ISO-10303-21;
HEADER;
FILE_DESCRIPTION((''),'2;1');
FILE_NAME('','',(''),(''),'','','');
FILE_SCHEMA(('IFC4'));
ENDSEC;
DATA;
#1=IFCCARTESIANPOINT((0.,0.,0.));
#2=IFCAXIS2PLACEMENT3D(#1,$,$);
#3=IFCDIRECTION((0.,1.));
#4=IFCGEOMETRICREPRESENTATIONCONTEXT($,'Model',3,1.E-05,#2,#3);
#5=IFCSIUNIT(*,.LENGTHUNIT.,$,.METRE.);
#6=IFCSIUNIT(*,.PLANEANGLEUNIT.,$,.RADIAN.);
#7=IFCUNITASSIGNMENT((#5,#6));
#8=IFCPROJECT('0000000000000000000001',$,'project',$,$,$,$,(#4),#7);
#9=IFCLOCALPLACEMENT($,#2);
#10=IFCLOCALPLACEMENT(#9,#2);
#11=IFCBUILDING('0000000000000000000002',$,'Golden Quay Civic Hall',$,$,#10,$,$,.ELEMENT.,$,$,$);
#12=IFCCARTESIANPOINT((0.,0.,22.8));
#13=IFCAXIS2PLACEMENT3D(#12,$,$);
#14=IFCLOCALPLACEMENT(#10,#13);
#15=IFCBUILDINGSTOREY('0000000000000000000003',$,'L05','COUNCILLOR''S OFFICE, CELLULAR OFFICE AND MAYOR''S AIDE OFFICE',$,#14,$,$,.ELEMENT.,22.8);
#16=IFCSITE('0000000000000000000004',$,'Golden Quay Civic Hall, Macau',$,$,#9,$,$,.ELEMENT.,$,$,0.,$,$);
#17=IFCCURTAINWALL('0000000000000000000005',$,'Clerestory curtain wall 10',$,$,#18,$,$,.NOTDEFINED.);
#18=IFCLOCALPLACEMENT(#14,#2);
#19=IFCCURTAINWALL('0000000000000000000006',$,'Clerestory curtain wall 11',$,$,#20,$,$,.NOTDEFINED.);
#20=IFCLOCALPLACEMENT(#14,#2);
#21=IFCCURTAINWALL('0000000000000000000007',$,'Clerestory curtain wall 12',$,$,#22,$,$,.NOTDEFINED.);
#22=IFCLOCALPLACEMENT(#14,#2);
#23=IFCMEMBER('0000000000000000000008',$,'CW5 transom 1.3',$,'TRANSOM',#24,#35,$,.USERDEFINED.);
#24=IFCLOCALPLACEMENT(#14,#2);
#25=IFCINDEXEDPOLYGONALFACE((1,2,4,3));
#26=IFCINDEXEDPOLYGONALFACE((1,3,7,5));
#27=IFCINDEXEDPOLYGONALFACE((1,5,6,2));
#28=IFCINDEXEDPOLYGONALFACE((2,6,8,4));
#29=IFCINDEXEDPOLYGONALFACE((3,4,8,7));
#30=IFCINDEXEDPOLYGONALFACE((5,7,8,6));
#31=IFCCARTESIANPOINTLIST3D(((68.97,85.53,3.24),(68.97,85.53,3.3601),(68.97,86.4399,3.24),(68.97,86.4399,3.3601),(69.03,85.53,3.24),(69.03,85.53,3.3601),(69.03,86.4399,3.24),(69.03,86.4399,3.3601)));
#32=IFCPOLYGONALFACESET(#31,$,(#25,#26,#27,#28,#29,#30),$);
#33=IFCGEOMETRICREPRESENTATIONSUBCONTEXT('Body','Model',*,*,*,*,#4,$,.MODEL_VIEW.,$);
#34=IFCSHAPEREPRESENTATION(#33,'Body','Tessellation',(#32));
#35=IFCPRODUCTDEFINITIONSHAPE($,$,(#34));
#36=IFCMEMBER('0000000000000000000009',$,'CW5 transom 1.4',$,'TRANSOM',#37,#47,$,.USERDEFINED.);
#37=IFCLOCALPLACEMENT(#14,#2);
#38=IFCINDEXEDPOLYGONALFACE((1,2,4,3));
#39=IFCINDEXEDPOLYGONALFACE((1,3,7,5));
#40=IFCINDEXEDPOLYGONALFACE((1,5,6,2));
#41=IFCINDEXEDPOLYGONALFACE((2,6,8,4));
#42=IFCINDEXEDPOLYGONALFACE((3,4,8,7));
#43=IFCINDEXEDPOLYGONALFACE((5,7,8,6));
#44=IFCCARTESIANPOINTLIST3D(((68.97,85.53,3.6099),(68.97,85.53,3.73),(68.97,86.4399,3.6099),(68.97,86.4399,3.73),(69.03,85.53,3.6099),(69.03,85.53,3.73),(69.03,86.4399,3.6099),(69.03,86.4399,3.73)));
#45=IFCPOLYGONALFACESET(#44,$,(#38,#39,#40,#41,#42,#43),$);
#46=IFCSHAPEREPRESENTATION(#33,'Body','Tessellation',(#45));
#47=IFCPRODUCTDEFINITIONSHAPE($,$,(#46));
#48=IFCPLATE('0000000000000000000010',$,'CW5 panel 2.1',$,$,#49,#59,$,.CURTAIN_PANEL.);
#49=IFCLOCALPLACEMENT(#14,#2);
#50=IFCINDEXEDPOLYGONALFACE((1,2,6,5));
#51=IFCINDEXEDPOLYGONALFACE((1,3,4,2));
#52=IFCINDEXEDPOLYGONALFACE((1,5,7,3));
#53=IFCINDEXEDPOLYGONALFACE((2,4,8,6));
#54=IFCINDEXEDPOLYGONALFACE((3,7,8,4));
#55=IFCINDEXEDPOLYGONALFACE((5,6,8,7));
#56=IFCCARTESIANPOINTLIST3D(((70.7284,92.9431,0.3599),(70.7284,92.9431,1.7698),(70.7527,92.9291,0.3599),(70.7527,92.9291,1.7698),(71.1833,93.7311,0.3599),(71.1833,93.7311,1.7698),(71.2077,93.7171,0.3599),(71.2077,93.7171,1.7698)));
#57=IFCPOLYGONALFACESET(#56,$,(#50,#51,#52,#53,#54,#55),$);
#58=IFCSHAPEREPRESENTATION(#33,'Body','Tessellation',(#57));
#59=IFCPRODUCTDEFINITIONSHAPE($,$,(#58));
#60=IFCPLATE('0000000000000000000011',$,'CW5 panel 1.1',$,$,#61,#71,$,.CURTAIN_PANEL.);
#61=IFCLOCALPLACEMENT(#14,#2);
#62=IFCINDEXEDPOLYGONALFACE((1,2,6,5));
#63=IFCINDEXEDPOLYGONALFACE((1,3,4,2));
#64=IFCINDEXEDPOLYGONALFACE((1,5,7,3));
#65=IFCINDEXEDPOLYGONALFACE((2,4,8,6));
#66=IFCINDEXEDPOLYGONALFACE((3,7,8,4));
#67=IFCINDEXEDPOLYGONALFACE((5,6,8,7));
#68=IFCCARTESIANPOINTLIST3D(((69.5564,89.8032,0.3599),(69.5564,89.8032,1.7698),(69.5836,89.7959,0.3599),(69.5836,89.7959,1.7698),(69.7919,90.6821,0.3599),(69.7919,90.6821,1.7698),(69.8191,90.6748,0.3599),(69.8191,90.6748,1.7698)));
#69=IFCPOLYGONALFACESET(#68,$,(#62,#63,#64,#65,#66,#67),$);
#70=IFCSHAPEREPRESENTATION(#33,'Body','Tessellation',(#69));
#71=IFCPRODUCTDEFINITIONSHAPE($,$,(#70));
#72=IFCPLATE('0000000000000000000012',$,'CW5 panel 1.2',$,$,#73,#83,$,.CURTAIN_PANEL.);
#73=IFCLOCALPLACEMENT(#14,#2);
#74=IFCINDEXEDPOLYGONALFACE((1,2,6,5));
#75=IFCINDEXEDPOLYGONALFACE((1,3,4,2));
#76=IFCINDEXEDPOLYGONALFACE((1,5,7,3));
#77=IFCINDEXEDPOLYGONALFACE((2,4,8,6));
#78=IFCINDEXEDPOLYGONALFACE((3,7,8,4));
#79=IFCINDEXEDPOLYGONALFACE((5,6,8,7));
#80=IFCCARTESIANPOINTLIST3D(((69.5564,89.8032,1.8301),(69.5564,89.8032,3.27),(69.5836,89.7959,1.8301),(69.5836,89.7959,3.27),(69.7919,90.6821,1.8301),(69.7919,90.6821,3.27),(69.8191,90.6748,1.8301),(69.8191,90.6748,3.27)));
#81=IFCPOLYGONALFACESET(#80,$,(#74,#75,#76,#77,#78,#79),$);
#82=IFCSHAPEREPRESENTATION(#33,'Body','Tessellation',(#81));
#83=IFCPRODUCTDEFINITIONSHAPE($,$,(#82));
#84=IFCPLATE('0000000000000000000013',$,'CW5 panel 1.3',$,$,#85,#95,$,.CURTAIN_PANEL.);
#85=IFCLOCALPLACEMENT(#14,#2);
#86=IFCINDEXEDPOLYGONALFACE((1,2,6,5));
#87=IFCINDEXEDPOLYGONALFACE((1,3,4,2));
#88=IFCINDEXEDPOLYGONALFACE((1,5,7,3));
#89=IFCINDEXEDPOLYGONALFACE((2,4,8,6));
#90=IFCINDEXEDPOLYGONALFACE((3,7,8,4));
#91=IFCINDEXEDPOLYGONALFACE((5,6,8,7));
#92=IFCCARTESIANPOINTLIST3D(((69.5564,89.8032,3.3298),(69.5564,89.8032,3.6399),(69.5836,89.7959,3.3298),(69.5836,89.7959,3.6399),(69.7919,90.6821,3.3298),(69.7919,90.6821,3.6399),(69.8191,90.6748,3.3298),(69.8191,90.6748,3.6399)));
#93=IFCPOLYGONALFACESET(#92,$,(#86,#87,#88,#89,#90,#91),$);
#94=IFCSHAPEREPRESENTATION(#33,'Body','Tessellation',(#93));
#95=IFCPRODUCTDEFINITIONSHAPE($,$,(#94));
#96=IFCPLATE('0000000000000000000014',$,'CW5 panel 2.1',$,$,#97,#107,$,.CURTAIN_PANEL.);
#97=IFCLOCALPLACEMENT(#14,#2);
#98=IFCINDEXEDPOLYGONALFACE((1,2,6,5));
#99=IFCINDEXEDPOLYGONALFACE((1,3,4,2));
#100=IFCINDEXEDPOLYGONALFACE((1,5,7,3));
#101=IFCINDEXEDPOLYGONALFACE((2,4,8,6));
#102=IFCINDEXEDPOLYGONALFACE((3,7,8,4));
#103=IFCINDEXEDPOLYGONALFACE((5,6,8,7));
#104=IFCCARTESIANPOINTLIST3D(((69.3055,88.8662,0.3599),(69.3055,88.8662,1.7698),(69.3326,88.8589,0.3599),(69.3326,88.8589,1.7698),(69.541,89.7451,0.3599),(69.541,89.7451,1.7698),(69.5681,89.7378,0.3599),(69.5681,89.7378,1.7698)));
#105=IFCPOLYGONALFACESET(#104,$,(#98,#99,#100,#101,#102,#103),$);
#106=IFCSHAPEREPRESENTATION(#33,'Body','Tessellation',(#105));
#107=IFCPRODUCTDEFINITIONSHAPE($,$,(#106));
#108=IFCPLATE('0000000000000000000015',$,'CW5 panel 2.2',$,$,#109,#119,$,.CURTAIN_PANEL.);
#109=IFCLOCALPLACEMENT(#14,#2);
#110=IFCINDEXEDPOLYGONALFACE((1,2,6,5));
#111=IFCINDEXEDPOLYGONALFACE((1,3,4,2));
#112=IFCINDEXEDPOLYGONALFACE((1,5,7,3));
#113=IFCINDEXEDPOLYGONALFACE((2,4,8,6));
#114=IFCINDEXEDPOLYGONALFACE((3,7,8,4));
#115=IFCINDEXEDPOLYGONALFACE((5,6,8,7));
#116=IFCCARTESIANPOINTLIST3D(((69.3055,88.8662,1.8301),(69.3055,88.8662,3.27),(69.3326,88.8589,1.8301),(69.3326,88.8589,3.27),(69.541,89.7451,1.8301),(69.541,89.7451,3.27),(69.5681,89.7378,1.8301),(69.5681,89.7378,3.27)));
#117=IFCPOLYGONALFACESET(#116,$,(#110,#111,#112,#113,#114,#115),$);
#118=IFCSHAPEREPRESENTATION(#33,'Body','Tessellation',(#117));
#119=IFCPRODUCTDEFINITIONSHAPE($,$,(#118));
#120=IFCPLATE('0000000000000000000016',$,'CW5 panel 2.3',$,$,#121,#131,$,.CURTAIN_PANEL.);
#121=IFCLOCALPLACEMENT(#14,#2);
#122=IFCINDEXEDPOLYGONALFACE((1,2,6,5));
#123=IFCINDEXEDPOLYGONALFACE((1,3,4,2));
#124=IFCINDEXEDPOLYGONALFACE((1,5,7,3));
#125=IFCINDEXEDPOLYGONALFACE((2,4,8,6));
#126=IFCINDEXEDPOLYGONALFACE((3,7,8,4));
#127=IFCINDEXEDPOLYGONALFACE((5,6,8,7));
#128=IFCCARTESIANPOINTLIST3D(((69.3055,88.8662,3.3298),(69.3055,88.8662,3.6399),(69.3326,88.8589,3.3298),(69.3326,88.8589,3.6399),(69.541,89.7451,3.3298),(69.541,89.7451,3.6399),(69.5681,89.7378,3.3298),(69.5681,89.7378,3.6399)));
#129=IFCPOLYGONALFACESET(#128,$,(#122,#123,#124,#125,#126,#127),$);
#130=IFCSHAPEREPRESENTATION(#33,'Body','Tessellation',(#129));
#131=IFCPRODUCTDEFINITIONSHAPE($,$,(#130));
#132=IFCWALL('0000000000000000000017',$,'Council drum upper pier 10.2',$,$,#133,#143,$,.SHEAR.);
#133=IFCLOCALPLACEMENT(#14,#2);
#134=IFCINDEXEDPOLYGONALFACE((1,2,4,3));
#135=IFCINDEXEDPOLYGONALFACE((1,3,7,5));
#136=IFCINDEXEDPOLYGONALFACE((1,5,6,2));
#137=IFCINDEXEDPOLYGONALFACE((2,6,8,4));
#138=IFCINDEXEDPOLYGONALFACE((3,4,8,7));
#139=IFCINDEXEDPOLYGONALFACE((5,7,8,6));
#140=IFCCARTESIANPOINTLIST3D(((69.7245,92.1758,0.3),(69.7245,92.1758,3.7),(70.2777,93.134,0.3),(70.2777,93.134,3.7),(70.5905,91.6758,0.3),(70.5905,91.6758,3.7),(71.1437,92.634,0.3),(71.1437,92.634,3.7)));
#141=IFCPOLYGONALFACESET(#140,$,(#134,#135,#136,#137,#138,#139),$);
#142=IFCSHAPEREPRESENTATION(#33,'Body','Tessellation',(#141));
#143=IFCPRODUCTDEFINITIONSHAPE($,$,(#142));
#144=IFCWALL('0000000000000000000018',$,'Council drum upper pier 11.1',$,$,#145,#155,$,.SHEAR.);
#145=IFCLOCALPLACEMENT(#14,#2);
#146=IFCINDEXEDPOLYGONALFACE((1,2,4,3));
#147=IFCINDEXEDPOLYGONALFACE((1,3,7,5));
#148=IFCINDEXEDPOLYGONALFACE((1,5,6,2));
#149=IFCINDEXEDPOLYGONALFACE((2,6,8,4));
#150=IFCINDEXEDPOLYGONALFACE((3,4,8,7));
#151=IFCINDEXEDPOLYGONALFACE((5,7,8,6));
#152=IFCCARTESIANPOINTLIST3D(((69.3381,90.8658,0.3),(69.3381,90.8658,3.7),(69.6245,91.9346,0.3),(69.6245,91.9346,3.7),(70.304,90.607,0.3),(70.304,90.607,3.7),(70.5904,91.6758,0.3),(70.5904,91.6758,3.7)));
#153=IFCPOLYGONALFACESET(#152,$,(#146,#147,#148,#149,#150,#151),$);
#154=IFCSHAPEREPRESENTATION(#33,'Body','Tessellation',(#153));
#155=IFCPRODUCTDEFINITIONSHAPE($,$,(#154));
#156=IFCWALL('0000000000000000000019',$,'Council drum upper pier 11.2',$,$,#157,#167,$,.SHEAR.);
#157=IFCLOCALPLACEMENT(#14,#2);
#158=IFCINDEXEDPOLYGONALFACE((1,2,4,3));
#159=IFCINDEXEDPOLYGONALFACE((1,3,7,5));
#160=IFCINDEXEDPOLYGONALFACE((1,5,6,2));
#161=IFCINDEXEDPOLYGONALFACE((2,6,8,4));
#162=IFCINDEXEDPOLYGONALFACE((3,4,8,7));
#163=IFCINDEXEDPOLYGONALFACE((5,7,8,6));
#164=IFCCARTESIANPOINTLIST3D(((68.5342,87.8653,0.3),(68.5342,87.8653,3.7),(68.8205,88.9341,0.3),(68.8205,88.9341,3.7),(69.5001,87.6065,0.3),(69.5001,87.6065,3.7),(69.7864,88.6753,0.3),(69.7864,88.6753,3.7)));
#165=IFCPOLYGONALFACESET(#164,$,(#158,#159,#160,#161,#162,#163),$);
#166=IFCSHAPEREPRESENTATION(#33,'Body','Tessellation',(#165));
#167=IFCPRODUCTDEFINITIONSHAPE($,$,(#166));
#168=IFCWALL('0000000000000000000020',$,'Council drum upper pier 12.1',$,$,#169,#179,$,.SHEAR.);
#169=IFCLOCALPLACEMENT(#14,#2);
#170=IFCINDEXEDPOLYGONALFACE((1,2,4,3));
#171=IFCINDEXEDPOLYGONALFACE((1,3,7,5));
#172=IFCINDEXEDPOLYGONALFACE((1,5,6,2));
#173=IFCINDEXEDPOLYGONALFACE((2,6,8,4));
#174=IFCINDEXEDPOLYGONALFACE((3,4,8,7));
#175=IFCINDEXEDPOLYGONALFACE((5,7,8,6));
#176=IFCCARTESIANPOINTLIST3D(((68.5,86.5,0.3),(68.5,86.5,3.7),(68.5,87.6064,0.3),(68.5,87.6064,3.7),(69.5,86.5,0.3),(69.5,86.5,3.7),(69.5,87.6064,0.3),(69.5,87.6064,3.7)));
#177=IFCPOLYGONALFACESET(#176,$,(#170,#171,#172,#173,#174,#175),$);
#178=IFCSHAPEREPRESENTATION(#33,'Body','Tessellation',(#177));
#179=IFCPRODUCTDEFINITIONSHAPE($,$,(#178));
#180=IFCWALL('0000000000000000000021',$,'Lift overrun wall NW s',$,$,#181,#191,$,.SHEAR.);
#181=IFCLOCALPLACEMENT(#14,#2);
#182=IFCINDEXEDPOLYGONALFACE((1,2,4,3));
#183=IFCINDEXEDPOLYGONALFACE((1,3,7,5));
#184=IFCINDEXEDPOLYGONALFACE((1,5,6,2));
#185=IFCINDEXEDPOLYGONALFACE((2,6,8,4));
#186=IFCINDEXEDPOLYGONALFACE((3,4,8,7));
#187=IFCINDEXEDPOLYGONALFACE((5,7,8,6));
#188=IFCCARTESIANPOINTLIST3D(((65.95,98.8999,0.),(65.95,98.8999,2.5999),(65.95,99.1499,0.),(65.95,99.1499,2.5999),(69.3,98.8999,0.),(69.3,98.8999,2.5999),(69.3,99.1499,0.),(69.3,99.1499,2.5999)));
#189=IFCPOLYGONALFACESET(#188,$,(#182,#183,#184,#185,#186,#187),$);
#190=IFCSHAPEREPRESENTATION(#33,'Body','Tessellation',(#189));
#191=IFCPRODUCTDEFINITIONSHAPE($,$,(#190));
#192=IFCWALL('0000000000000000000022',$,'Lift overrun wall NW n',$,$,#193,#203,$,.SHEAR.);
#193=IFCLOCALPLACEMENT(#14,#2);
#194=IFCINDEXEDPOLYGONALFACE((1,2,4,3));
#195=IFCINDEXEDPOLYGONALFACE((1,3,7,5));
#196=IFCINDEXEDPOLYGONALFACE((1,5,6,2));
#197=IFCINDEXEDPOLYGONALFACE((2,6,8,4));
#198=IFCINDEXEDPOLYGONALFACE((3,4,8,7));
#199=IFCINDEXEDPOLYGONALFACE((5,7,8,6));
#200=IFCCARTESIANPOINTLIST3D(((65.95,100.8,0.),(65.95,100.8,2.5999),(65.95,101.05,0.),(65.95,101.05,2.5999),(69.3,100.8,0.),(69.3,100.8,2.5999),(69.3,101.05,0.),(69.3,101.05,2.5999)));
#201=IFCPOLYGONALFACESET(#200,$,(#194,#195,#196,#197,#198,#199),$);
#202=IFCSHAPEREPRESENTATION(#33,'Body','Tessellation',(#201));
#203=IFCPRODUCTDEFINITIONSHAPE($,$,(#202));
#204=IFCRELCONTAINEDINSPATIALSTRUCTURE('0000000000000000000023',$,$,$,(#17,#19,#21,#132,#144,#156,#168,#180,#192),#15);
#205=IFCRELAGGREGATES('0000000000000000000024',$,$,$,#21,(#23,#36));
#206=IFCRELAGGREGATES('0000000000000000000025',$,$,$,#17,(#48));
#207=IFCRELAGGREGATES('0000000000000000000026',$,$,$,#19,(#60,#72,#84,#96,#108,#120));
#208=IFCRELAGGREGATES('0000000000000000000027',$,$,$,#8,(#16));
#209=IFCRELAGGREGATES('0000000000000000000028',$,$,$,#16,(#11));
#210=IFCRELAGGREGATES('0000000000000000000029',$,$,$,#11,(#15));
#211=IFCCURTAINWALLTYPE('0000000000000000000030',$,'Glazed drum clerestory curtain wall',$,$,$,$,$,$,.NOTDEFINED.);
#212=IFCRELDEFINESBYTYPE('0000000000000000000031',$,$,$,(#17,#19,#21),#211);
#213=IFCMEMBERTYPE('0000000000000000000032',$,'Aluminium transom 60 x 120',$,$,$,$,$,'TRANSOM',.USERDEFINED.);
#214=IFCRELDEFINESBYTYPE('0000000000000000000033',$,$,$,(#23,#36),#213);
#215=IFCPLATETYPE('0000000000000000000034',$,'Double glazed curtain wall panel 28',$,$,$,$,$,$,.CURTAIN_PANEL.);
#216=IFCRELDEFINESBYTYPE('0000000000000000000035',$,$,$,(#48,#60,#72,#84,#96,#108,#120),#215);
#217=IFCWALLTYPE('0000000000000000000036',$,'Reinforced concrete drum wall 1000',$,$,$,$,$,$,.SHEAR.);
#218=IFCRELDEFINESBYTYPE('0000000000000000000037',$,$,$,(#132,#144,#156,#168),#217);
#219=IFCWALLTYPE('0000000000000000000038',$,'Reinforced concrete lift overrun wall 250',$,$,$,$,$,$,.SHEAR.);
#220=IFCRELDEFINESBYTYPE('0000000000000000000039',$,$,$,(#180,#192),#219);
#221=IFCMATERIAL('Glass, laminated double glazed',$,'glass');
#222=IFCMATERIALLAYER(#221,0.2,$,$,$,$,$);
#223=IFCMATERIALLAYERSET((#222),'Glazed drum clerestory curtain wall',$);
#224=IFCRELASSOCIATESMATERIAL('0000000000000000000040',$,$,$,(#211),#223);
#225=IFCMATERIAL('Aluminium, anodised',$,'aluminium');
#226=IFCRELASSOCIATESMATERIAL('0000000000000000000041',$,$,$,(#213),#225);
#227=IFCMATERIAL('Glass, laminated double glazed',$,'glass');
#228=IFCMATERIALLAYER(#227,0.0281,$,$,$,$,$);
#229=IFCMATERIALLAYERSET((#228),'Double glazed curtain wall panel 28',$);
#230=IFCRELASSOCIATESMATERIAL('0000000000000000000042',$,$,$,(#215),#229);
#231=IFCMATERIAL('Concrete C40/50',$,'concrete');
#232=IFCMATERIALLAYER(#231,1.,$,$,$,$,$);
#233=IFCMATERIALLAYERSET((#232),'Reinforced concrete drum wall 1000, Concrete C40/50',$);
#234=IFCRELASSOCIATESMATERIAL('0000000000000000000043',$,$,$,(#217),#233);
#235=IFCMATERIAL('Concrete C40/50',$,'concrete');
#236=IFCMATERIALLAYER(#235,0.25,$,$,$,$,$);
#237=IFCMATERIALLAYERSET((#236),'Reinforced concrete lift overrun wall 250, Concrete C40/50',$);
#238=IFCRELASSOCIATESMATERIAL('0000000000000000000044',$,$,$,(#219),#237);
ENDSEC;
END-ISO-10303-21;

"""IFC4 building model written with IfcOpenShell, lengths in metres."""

from ifc_helpers import new_model, si_unit, direction, frame, frame_2d, origin, origin_2d, place, context, subcontext, project, spatial, rectangle, extrude, material, layer, layer_set, material_profile, profile_set, type_object, element, aggregate, save


model = new_model("IFC4")

# Units and contexts
model_context = context("Model", 3, precision=1e-05, world=origin(), true_north=direction((0.0, 1.0)))
body_context = subcontext(model_context, "Body", "Model", "MODEL_VIEW")
ifc_project = project(units=[si_unit("LENGTHUNIT", "METRE"), si_unit("PLANEANGLEUNIT", "RADIAN")], contexts=[model_context])

# Site, building, storey
site_placement = place(None, origin())
site = spatial("IfcSite", under=ifc_project, at=site_placement, Name="Golden Quay Civic Hall, Macau", CompositionType="ELEMENT", RefElevation=0.0)
building_placement = place(site_placement, origin())
building = spatial("IfcBuilding", under=site, at=building_placement, Name="Golden Quay Civic Hall", CompositionType="ELEMENT")
storey_placement = place(building_placement, frame((0.0, 0.0, 22.8)))
storey = spatial("IfcBuildingStorey", under=building, at=storey_placement, Name="L05", Description="COUNCILLOR'S OFFICE, CELLULAR OFFICE AND MAYOR'S AIDE OFFICE", CompositionType="ELEMENT", Elevation=22.8)

# Curtain wall
ifc_material_1 = material(Name="Glass, laminated double glazed", Category="glass")
ifc_layer_1 = layer(ifc_material_1, 0.2)
ifc_layer_set_1 = layer_set([ifc_layer_1], Name="Glazed drum clerestory curtain wall")
curtain_wall_type = type_object("IfcCurtainWallType", Name="Glazed drum clerestory curtain wall", PredefinedType="NOTDEFINED", material=ifc_layer_set_1)
curtain_wall_1_placement = place(storey_placement, origin())
curtain_wall_1 = element("IfcCurtainWall", 1, at=curtain_wall_1_placement, inside=storey, type_object=curtain_wall_type, Name="Clerestory curtain wall 10", PredefinedType="NOTDEFINED")

# Curtain wall
curtain_wall_2_placement = place(storey_placement, origin())
curtain_wall_2 = element("IfcCurtainWall", 2, at=curtain_wall_2_placement, inside=storey, type_object=curtain_wall_type, Name="Clerestory curtain wall 11", PredefinedType="NOTDEFINED")

# Curtain wall
curtain_wall_3_placement = place(storey_placement, origin())
curtain_wall_3 = element("IfcCurtainWall", 3, at=curtain_wall_3_placement, inside=storey, type_object=curtain_wall_type, Name="Clerestory curtain wall 12", PredefinedType="NOTDEFINED")

# Members
ifc_material_2 = material(Name="Aluminium, anodised", Category="aluminium")
ifc_material_profile_1 = material_profile(ifc_material_2, rectangle(XDim=0.0601, YDim=0.1201, at=origin_2d()), Name="Aluminium 60 x 120")
ifc_profile_set_1 = profile_set([ifc_material_profile_1], Name="Aluminium, anodised")
member_type_1 = type_object("IfcMemberType", Name="Aluminium transom 60 x 120", ElementType="TRANSOM", PredefinedType="USERDEFINED", material=ifc_profile_set_1)
member_1_placement = place(storey_placement, frame((69.0, 86.4399, 3.3), z_axis=(0.0, -1.0, 0.0), x_axis=(1.0, 0.0, 0.0)))
member_1 = element("IfcMember", 4, at=member_1_placement, type_object=member_type_1, Name="CW5 transom 1.3", ObjectType="TRANSOM", PredefinedType="USERDEFINED", context=body_context, shape_type="SweptSolid", body=[
    extrude(rectangle(XDim=0.0601, YDim=0.1201, at=origin_2d()), origin(), (0.0, 0.0, 1.0), 0.9099),
])
member_2_placement = place(storey_placement, frame((69.0, 86.4399, 3.6699), z_axis=(0.0, -1.0, 0.0), x_axis=(1.0, 0.0, 0.0)))
member_2 = element("IfcMember", 5, at=member_2_placement, type_object=member_type_1, Name="CW5 transom 1.4", ObjectType="TRANSOM", PredefinedType="USERDEFINED", context=body_context, shape_type="SweptSolid", body=[
    extrude(rectangle(XDim=0.0601, YDim=0.1201, at=origin_2d()), origin(), (0.0, 0.0, 1.0), 0.9099),
])
aggregate(curtain_wall_3, [member_1, member_2])

# Plates
ifc_material_3 = material(Name="Glass, laminated double glazed", Category="glass")
ifc_layer_2 = layer(ifc_material_3, 0.0281)
ifc_layer_set_2 = layer_set([ifc_layer_2], Name="Double glazed curtain wall panel 28")
plate_type = type_object("IfcPlateType", Name="Double glazed curtain wall panel 28", PredefinedType="CURTAIN_PANEL", material=ifc_layer_set_2)
plate_1_placement = place(storey_placement, frame((70.968, 93.3301, 0.3599), z_axis=(0.0, 0.0, 1.0), x_axis=(-0.500011, -0.866019, 0.0)))
plate_1 = element("IfcPlate", 6, at=plate_1_placement, type_object=plate_type, Name="CW5 panel 2.1", PredefinedType="CURTAIN_PANEL", context=body_context, shape_type="SweptSolid", body=[
    extrude(rectangle(XDim=0.9099, YDim=0.0281, at=origin_2d()), origin(), (0.0, 0.0, 1.0), 1.4099),
])
aggregate(curtain_wall_1, [plate_1])
plate_2_placement = place(storey_placement, frame((69.6877, 90.239, 0.3599), z_axis=(0.0, 0.0, 1.0), x_axis=(-0.258808, -0.965929, 0.0)))
plate_2 = element("IfcPlate", 7, at=plate_2_placement, type_object=plate_type, Name="CW5 panel 1.1", PredefinedType="CURTAIN_PANEL", context=body_context, shape_type="SweptSolid", body=[
    extrude(rectangle(XDim=0.9099, YDim=0.0281, at=origin_2d()), origin(), (0.0, 0.0, 1.0), 1.4099),
])
plate_3_placement = place(storey_placement, frame((69.6877, 90.239, 1.8301), z_axis=(0.0, 0.0, 1.0), x_axis=(-0.258808, -0.965929, 0.0)))
plate_3 = element("IfcPlate", 8, at=plate_3_placement, type_object=plate_type, Name="CW5 panel 1.2", PredefinedType="CURTAIN_PANEL", context=body_context, shape_type="SweptSolid", body=[
    extrude(rectangle(XDim=0.9099, YDim=0.0281, at=origin_2d()), origin(), (0.0, 0.0, 1.0), 1.4399),
])
plate_4_placement = place(storey_placement, frame((69.6877, 90.239, 3.3298), z_axis=(0.0, 0.0, 1.0), x_axis=(-0.258808, -0.965929, 0.0)))
plate_4 = element("IfcPlate", 9, at=plate_4_placement, type_object=plate_type, Name="CW5 panel 1.3", PredefinedType="CURTAIN_PANEL", context=body_context, shape_type="SweptSolid", body=[
    extrude(rectangle(XDim=0.9099, YDim=0.0281, at=origin_2d()), origin(), (0.0, 0.0, 1.0), 0.3101),
])
plate_5_placement = place(storey_placement, frame((69.4368, 89.302, 0.3599), z_axis=(0.0, 0.0, 1.0), x_axis=(-0.258808, -0.965929, 0.0)))
plate_5 = element("IfcPlate", 10, at=plate_5_placement, type_object=plate_type, Name="CW5 panel 2.1", PredefinedType="CURTAIN_PANEL", context=body_context, shape_type="SweptSolid", body=[
    extrude(rectangle(XDim=0.9099, YDim=0.0281, at=origin_2d()), origin(), (0.0, 0.0, 1.0), 1.4099),
])
plate_6_placement = place(storey_placement, frame((69.4368, 89.302, 1.8301), z_axis=(0.0, 0.0, 1.0), x_axis=(-0.258808, -0.965929, 0.0)))
plate_6 = element("IfcPlate", 11, at=plate_6_placement, type_object=plate_type, Name="CW5 panel 2.2", PredefinedType="CURTAIN_PANEL", context=body_context, shape_type="SweptSolid", body=[
    extrude(rectangle(XDim=0.9099, YDim=0.0281, at=origin_2d()), origin(), (0.0, 0.0, 1.0), 1.4399),
])
plate_7_placement = place(storey_placement, frame((69.4368, 89.302, 3.3298), z_axis=(0.0, 0.0, 1.0), x_axis=(-0.258808, -0.965929, 0.0)))
plate_7 = element("IfcPlate", 12, at=plate_7_placement, type_object=plate_type, Name="CW5 panel 2.3", PredefinedType="CURTAIN_PANEL", context=body_context, shape_type="SweptSolid", body=[
    extrude(rectangle(XDim=0.9099, YDim=0.0281, at=origin_2d()), origin(), (0.0, 0.0, 1.0), 0.3101),
])
aggregate(curtain_wall_2, [plate_2, plate_3, plate_4, plate_5, plate_6, plate_7])

# Walls
ifc_material_4 = material(Name="Concrete C40/50", Category="concrete")
ifc_layer_3 = layer(ifc_material_4, 1.0)
ifc_layer_set_3 = layer_set([ifc_layer_3], Name="Reinforced concrete drum wall 1000, Concrete C40/50")
wall_type_1 = type_object("IfcWallType", Name="Reinforced concrete drum wall 1000", PredefinedType="SHEAR", material=ifc_layer_set_3)
for number, where, z_axis, x_axis, name in (
    (13, (70.7107, 92.884, 0.3), (0.0, 0.0, 1.0), (-0.499983, -0.866035, 0.0), "Council drum upper pier 10.2"),
    (14, (70.1074, 91.8052, 0.3), (0.0, 0.0, 1.0), (-0.258802, -0.96593, 0.0), "Council drum upper pier 11.1"),
    (15, (69.3035, 88.8047, 0.3), (0.0, 0.0, 1.0), (-0.258802, -0.96593, 0.0), "Council drum upper pier 11.2"),
    (16, (69.0, 87.6064, 0.3), (0.0, 0.0, 1.0), (0.0, -1.0, 0.0), "Council drum upper pier 12.1"),
):
    element("IfcWall", number, at=place(storey_placement, frame(where, z_axis=z_axis, x_axis=x_axis)), inside=storey, type_object=wall_type_1, Name=name, PredefinedType="SHEAR", context=body_context, shape_type="SweptSolid", body=[
        extrude(rectangle(XDim=1.1064, YDim=1.0, at=frame_2d((0.5532, 0.0))), origin(), (0.0, 0.0, 1.0), 3.3999),
    ])
ifc_material_5 = material(Name="Concrete C40/50", Category="concrete")
ifc_layer_4 = layer(ifc_material_5, 0.25)
ifc_layer_set_4 = layer_set([ifc_layer_4], Name="Reinforced concrete lift overrun wall 250, Concrete C40/50")
wall_type_2 = type_object("IfcWallType", Name="Reinforced concrete lift overrun wall 250", PredefinedType="SHEAR", material=ifc_layer_set_4)
for number, where, z_axis, x_axis, name in (
    (17, (65.95, 99.0249, 0.0), (0.0, 0.0, 1.0), (1.0, 0.0, 0.0), "Lift overrun wall NW s"),
    (18, (65.95, 100.925, 0.0), (0.0, 0.0, 1.0), (1.0, 0.0, 0.0), "Lift overrun wall NW n"),
):
    element("IfcWall", number, at=place(storey_placement, frame(where, z_axis=z_axis, x_axis=x_axis)), inside=storey, type_object=wall_type_2, Name=name, PredefinedType="SHEAR", context=body_context, shape_type="SweptSolid", body=[
        extrude(rectangle(XDim=3.3501, YDim=0.25, at=frame_2d((1.675, 0.0))), origin(), (0.0, 0.0, 1.0), 2.5999),
    ])

save(model, "model.ifc")
